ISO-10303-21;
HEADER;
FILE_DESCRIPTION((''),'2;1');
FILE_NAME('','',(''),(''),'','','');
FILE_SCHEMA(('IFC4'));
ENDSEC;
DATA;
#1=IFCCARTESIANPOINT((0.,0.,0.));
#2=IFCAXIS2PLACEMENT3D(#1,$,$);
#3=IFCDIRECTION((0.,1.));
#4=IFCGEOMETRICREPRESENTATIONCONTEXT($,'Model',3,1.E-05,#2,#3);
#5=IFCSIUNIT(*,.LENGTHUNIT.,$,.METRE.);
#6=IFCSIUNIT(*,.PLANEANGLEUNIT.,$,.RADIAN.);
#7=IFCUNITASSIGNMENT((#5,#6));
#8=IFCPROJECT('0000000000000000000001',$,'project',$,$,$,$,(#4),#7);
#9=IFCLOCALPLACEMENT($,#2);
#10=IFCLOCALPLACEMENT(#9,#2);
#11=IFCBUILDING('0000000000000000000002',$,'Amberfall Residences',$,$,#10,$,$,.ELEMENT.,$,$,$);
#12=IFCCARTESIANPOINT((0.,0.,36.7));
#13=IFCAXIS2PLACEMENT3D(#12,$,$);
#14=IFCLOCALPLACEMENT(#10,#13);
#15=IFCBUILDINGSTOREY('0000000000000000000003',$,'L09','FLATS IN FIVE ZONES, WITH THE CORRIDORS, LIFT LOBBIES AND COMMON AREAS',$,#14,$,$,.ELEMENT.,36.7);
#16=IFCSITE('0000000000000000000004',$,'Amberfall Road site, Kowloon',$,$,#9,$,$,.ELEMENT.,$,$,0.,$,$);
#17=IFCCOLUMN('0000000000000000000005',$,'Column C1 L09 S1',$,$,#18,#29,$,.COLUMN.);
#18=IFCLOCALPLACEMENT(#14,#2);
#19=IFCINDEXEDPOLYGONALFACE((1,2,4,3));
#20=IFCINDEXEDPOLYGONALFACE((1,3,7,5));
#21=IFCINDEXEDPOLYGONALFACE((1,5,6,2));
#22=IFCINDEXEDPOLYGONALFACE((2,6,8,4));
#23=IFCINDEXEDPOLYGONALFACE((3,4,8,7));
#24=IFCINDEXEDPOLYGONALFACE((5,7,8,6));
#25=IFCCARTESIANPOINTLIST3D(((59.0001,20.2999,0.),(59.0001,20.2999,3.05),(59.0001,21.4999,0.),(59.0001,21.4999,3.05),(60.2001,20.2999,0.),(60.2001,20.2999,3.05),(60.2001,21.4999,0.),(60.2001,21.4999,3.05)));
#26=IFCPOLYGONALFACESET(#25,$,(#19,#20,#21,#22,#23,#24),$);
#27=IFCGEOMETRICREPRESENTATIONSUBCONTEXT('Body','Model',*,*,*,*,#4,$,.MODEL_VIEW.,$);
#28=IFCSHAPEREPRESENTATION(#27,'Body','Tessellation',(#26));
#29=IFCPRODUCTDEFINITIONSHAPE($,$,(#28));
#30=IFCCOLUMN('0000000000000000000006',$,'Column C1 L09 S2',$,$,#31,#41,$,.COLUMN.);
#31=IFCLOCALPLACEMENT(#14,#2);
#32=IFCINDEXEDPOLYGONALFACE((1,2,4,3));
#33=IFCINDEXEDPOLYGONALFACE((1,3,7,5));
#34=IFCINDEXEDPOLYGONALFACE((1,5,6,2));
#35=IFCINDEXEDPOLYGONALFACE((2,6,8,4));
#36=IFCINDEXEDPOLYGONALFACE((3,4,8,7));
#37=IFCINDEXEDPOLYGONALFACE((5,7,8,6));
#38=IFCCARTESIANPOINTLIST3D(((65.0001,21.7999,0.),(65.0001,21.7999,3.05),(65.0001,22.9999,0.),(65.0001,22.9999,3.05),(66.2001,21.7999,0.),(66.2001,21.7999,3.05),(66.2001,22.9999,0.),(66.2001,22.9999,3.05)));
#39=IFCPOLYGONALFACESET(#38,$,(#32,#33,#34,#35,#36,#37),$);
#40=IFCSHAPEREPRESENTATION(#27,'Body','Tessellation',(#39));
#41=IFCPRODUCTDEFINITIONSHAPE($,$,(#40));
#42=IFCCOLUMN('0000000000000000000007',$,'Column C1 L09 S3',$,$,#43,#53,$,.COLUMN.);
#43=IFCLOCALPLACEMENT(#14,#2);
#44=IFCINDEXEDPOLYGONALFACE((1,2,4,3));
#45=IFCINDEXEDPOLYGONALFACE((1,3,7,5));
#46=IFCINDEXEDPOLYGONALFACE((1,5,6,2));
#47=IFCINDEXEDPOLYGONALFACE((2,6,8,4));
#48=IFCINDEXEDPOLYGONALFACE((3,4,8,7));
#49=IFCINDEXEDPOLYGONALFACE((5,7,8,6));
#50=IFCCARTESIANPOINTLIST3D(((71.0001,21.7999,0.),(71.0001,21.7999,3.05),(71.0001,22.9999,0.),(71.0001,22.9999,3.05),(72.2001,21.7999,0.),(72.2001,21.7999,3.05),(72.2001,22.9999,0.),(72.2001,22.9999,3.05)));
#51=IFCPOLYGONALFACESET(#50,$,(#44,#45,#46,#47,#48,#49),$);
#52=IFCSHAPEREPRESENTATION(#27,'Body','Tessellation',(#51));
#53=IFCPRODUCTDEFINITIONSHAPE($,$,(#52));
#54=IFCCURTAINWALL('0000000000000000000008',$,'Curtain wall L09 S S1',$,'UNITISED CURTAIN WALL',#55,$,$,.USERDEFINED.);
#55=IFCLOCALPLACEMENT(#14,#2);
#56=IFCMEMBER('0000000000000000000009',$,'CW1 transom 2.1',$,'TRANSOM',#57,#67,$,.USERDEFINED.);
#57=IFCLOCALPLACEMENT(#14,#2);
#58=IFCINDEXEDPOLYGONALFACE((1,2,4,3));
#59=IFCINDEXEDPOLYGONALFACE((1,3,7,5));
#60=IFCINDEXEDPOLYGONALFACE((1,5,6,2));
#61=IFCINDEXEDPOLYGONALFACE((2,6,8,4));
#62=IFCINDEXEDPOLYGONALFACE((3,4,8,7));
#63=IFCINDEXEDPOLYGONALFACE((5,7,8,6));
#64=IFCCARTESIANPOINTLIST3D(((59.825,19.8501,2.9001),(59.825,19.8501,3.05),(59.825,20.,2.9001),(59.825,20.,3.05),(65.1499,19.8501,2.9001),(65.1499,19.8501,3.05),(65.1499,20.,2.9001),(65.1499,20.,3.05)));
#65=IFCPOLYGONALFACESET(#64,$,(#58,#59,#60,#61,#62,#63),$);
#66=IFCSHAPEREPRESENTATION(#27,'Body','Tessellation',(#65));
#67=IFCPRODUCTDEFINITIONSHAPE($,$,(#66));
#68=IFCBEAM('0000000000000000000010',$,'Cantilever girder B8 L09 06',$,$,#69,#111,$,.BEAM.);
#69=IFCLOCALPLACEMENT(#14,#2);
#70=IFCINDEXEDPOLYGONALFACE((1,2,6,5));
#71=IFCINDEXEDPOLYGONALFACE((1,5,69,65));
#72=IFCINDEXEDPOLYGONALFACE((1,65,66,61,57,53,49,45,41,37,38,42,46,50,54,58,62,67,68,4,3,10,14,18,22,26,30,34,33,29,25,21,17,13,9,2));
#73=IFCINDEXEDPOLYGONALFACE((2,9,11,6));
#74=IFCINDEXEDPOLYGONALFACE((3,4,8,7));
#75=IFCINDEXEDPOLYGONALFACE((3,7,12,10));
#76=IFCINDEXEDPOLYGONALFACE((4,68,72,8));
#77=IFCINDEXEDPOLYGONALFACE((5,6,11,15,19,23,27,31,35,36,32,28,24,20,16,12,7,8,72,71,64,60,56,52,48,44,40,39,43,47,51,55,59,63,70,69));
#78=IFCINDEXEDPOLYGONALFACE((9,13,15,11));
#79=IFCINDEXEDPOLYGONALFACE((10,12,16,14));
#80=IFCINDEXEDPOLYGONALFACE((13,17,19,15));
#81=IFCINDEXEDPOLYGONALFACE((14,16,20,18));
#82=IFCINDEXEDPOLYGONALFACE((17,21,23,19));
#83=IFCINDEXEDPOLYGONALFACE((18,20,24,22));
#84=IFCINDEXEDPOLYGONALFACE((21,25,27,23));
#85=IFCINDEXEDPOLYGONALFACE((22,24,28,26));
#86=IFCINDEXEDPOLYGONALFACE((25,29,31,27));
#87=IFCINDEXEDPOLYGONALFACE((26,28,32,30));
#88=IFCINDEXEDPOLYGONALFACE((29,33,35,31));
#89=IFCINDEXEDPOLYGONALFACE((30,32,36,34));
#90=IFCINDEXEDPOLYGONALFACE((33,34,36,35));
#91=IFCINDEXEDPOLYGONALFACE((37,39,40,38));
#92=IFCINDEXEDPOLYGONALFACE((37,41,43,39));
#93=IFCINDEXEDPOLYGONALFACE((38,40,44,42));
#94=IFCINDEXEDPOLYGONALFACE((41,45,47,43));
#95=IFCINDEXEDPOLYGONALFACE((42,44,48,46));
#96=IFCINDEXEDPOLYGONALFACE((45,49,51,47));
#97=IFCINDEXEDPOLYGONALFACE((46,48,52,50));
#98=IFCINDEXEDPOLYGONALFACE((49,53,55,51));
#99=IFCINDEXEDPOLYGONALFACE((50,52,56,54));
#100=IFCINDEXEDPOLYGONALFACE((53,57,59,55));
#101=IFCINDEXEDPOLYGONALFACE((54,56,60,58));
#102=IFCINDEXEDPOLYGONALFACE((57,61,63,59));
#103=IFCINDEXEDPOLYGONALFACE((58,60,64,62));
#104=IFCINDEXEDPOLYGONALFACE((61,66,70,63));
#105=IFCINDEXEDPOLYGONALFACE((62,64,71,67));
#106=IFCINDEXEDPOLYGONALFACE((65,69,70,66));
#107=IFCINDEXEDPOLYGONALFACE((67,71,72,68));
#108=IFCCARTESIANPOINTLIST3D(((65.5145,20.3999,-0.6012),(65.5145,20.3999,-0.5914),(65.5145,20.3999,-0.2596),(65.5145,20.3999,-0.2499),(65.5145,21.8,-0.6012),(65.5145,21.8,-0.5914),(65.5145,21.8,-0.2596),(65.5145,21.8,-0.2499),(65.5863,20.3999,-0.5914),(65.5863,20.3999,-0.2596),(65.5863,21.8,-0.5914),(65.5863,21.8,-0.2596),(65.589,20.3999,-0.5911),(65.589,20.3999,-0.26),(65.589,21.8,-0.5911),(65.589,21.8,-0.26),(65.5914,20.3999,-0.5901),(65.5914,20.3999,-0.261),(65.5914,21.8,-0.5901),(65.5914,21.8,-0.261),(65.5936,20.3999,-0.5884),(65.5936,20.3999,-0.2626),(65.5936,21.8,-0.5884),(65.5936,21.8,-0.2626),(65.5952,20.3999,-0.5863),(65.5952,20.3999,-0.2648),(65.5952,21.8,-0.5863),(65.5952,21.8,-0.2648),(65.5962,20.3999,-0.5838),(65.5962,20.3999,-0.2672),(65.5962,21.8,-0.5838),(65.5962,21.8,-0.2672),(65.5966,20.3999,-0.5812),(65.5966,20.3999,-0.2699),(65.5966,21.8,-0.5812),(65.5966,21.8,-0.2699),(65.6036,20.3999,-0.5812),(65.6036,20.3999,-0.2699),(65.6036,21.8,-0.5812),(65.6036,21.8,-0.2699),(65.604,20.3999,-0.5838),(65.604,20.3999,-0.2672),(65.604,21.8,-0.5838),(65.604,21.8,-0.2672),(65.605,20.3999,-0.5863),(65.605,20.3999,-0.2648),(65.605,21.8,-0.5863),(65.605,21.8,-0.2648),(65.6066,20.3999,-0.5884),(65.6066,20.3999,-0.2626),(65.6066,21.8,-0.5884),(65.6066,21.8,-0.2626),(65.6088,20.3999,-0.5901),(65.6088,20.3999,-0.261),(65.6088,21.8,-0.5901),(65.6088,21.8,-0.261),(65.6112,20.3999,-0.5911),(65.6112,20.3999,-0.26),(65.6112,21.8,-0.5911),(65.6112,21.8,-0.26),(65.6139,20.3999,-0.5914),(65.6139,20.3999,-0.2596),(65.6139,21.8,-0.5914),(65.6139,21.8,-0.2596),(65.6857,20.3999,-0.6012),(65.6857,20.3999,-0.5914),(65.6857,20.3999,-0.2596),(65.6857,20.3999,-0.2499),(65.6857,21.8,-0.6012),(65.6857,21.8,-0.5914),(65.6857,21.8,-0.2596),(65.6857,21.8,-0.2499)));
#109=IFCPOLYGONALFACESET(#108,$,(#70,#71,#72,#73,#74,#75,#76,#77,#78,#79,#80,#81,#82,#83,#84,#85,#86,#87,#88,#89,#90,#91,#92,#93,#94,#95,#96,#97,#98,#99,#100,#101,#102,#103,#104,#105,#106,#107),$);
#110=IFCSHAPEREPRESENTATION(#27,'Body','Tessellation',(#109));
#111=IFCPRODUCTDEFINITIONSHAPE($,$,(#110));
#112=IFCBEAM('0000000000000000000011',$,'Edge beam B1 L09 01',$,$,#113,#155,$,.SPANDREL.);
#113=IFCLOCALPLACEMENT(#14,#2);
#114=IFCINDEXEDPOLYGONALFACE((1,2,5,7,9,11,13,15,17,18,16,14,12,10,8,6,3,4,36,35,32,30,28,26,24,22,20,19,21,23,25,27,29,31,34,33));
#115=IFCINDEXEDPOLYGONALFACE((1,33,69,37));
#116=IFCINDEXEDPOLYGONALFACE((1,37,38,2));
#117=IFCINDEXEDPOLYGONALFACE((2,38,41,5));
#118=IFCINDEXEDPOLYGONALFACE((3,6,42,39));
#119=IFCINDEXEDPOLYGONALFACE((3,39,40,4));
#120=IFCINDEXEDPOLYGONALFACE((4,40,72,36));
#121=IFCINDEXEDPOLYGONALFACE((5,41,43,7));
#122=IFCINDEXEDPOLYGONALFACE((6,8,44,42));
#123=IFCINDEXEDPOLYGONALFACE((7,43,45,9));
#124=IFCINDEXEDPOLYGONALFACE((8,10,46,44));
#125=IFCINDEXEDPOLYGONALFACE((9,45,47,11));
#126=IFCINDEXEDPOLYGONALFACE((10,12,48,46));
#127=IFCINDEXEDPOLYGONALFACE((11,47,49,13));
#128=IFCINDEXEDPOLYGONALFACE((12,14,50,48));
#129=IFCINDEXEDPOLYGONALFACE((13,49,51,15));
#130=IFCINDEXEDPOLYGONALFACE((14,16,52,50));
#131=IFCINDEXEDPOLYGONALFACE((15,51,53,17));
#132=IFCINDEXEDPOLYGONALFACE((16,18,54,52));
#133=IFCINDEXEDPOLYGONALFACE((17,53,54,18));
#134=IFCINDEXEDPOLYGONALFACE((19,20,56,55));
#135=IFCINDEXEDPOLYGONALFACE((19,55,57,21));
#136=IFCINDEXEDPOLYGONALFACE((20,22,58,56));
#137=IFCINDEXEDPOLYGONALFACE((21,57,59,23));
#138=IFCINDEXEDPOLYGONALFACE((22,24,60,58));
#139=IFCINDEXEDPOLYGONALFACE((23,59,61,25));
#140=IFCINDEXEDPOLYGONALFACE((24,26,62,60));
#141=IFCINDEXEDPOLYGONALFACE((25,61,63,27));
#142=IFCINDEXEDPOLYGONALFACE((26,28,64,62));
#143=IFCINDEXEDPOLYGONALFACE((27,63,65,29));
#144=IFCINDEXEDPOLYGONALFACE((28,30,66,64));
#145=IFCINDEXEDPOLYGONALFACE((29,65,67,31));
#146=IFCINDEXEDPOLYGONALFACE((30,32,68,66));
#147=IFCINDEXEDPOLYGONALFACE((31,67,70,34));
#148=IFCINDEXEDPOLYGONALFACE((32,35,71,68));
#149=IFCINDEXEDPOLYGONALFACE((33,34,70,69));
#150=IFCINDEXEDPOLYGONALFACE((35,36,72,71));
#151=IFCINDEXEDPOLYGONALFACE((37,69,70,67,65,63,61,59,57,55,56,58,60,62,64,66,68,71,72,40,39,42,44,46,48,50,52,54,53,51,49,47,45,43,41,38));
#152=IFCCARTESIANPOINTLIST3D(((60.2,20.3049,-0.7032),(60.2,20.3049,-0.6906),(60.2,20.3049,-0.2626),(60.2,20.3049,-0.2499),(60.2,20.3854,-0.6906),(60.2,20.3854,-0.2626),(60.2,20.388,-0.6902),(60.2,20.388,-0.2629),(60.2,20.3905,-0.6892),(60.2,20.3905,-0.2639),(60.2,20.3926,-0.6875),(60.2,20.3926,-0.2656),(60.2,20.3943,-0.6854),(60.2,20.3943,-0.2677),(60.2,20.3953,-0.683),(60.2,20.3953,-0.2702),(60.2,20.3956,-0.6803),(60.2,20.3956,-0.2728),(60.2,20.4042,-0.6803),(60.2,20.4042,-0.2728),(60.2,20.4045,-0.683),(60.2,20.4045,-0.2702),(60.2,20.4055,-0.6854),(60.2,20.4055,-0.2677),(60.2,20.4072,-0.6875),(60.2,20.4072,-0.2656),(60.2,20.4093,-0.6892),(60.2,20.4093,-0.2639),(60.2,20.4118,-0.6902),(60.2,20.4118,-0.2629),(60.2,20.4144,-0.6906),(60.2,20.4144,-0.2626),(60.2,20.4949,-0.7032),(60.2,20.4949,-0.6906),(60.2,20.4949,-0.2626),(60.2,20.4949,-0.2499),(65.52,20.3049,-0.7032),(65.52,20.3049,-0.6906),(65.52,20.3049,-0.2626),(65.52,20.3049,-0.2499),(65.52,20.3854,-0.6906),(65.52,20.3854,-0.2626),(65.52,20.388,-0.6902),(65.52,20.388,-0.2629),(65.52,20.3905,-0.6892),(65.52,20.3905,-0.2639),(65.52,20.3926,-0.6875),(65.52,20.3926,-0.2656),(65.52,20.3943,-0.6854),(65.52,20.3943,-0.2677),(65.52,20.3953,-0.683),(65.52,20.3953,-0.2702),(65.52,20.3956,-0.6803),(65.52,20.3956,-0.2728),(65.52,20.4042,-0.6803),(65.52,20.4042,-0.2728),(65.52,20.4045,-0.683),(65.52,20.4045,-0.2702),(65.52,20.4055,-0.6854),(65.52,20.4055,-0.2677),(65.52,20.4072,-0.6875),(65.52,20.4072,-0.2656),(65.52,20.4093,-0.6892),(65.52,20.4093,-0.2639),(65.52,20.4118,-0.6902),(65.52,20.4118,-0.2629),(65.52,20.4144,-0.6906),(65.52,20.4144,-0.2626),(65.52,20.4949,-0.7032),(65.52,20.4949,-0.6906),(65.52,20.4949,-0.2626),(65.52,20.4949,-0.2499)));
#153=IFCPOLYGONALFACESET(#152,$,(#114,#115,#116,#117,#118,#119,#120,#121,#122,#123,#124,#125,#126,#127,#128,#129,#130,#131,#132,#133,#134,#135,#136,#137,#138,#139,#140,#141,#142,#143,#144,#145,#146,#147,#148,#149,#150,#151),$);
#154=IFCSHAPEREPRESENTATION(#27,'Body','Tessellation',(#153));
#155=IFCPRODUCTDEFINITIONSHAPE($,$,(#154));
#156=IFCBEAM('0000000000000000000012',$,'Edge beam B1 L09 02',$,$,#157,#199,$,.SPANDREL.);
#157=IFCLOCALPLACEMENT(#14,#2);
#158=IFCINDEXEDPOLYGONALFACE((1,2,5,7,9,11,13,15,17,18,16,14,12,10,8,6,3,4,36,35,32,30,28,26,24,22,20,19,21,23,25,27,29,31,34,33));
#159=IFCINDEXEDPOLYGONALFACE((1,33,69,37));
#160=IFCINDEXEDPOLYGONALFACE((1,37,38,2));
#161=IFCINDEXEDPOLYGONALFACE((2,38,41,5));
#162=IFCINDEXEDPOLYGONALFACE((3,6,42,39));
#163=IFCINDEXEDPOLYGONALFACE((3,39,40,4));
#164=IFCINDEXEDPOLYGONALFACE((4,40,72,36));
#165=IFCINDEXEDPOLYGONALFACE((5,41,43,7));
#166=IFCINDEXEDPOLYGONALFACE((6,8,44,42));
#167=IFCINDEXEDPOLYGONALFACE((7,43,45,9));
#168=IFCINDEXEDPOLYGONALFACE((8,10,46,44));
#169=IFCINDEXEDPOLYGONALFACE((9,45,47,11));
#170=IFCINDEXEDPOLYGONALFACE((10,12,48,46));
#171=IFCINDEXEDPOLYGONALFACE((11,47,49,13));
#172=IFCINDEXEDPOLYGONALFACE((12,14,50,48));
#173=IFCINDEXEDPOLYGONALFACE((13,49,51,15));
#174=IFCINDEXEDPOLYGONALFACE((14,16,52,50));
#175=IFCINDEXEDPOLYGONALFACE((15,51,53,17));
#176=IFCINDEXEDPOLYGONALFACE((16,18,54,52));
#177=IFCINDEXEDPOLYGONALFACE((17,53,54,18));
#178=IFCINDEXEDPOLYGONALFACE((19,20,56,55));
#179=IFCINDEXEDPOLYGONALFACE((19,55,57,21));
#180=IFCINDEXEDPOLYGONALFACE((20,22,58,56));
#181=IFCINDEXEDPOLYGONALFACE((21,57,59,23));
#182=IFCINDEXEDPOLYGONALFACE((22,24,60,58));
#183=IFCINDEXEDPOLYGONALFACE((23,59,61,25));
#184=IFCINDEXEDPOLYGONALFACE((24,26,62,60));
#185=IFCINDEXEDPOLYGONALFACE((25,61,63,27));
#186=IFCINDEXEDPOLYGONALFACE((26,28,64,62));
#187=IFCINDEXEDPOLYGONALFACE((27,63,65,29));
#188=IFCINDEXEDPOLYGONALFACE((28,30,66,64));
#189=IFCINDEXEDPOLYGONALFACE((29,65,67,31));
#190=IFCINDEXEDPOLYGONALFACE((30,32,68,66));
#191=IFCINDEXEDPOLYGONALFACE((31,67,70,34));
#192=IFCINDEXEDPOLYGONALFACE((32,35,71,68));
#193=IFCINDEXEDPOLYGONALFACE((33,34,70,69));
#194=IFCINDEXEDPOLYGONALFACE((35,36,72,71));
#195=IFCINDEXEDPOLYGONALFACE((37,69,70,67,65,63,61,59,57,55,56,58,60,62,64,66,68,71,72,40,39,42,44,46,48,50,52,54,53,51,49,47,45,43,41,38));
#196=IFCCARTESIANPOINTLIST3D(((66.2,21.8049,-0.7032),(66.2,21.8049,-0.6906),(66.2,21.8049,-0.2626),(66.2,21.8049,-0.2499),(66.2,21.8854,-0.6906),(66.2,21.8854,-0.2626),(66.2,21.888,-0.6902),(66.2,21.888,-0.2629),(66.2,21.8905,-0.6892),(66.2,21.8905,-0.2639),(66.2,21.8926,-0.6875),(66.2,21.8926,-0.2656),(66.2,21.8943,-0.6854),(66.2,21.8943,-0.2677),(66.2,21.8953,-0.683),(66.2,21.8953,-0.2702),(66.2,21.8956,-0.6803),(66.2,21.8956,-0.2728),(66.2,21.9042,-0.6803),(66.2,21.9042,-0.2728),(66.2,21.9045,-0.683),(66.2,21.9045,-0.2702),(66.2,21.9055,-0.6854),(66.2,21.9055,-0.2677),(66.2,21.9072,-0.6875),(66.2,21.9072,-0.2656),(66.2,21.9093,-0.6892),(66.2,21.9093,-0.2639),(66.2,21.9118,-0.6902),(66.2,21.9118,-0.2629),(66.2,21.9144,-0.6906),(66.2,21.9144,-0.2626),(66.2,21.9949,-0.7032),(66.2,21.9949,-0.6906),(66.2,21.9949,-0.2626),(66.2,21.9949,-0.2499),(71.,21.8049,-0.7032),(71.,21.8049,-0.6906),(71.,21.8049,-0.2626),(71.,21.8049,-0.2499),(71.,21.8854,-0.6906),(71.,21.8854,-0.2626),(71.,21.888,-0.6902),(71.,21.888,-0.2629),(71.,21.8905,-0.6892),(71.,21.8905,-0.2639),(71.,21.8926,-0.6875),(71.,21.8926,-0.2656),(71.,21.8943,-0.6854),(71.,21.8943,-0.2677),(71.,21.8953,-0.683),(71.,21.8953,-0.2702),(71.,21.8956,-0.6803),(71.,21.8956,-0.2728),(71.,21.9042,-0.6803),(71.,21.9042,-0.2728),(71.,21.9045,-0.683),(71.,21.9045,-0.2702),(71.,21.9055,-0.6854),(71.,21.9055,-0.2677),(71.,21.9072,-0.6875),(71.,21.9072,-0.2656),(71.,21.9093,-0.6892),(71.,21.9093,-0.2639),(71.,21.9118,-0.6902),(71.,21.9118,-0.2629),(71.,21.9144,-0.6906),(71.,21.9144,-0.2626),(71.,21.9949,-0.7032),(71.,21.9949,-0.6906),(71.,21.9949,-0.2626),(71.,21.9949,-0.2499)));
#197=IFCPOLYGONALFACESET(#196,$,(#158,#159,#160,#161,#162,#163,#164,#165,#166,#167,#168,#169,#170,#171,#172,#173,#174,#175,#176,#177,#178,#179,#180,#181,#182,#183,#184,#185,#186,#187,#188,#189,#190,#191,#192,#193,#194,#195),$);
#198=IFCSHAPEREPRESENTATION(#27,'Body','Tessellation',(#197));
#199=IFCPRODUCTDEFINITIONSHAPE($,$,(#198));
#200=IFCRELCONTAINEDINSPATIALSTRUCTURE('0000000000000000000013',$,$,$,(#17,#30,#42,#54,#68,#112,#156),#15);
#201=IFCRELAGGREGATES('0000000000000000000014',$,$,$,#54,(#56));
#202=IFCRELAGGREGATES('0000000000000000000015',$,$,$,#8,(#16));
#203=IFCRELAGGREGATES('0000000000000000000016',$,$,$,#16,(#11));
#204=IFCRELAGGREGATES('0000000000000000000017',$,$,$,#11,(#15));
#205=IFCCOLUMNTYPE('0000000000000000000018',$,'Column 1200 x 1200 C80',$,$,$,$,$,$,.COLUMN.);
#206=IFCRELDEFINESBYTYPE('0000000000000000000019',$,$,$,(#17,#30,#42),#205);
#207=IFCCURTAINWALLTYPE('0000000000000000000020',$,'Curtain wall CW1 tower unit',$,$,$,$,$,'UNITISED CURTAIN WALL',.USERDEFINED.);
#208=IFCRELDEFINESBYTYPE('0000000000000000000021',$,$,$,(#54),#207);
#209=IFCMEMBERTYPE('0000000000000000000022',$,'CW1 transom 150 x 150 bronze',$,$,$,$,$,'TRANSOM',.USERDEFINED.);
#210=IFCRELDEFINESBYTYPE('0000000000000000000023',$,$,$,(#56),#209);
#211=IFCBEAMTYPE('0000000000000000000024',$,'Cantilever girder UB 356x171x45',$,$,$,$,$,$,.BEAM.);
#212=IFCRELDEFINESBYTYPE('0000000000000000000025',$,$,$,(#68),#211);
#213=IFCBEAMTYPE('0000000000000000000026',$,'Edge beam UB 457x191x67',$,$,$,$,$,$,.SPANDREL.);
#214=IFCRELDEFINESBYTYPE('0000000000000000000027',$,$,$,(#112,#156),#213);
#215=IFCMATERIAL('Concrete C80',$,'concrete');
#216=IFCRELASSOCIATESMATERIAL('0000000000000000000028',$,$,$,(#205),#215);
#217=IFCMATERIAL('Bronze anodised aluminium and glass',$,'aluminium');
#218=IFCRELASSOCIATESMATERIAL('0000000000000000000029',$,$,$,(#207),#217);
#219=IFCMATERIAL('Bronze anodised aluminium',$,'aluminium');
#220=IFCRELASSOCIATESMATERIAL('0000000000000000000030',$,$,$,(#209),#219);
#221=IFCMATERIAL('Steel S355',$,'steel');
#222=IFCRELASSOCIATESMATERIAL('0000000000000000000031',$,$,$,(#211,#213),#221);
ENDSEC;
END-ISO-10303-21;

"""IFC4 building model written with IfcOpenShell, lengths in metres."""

from ifc_helpers import new_model, si_unit, direction, frame, origin, origin_2d, place, context, subcontext, project, spatial, rectangle, i_section, extrude, material, material_profile, profile_set, type_object, element, aggregate, save


model = new_model("IFC4")

# Units and contexts
model_context = context("Model", 3, precision=1e-05, world=origin(), true_north=direction((0.0, 1.0)))
body_context = subcontext(model_context, "Body", "Model", "MODEL_VIEW")
ifc_project = project(units=[si_unit("LENGTHUNIT", "METRE"), si_unit("PLANEANGLEUNIT", "RADIAN")], contexts=[model_context])

# Site, building, storey
site_placement = place(None, origin())
site = spatial("IfcSite", under=ifc_project, at=site_placement, Name="Amberfall Road site, Kowloon", CompositionType="ELEMENT", RefElevation=0.0)
building_placement = place(site_placement, origin())
building = spatial("IfcBuilding", under=site, at=building_placement, Name="Amberfall Residences", CompositionType="ELEMENT")
storey_placement = place(building_placement, frame((0.0, 0.0, 36.7)))
storey = spatial("IfcBuildingStorey", under=building, at=storey_placement, Name="L09", Description="FLATS IN FIVE ZONES, WITH THE CORRIDORS, LIFT LOBBIES AND COMMON AREAS", CompositionType="ELEMENT", Elevation=36.7)

# Columns
ifc_material_1 = material(Name="Concrete C80", Category="concrete")
ifc_material_profile_1 = material_profile(ifc_material_1, rectangle(XDim=1.2, YDim=1.2, at=origin_2d()), Name="Column 1200 x 1200 C80")
ifc_profile_set_1 = profile_set([ifc_material_profile_1], Name="Concrete C80")
column_type = type_object("IfcColumnType", Name="Column 1200 x 1200 C80", PredefinedType="COLUMN", material=ifc_profile_set_1)
for number, where, z_axis, x_axis, name in (
    (1, (59.6001, 20.8999, 0.0), (0.0, 0.0, 1.0), (1.0, 0.0, 0.0), "Column C1 L09 S1"),
    (2, (65.6001, 22.3999, 0.0), (0.0, 0.0, 1.0), (1.0, 0.0, 0.0), "Column C1 L09 S2"),
    (3, (71.6001, 22.3999, 0.0), (0.0, 0.0, 1.0), (1.0, 0.0, 0.0), "Column C1 L09 S3"),
):
    element("IfcColumn", number, at=place(storey_placement, frame(where, z_axis=z_axis, x_axis=x_axis)), inside=storey, type_object=column_type, Name=name, PredefinedType="COLUMN", context=body_context, shape_type="SweptSolid", body=[
        extrude(rectangle(XDim=1.2, YDim=1.2, at=origin_2d()), origin(), (0.0, 0.0, 1.0), 3.05),
    ])

# Curtain wall, member
ifc_material_2 = material(Name="Bronze anodised aluminium and glass", Category="aluminium")
curtain_wall_type = type_object("IfcCurtainWallType", Name="Curtain wall CW1 tower unit", ElementType="UNITISED CURTAIN WALL", PredefinedType="USERDEFINED", material=ifc_material_2)
curtain_wall_placement = place(storey_placement, origin())
curtain_wall = element("IfcCurtainWall", 4, at=curtain_wall_placement, inside=storey, type_object=curtain_wall_type, Name="Curtain wall L09 S S1", ObjectType="UNITISED CURTAIN WALL", PredefinedType="USERDEFINED")
ifc_material_3 = material(Name="Bronze anodised aluminium", Category="aluminium")
ifc_material_profile_2 = material_profile(ifc_material_3, rectangle(XDim=0.1499, YDim=0.1499, at=origin_2d()), Name="CW1 transom 150 x 150 bronze")
ifc_profile_set_2 = profile_set([ifc_material_profile_2], Name="Bronze anodised aluminium")
member_type_1 = type_object("IfcMemberType", Name="CW1 transom 150 x 150 bronze", ElementType="TRANSOM", PredefinedType="USERDEFINED", material=ifc_profile_set_2)
member_1_placement = place(storey_placement, frame((59.825, 19.925, 2.9751), z_axis=(1.0, 0.0, 0.0), x_axis=(0.0, 1.0, 0.0)))
member_1 = element("IfcMember", 5, at=member_1_placement, type_object=member_type_1, Name="CW1 transom 2.1", ObjectType="TRANSOM", PredefinedType="USERDEFINED", context=body_context, shape_type="SweptSolid", body=[
    extrude(rectangle(XDim=0.1499, YDim=0.1499, at=origin_2d()), origin(), (0.0, 0.0, 1.0), 5.325),
])

# Beams
ifc_material_4 = material(Name="Steel S355", Category="steel")
ifc_material_profile_3 = material_profile(ifc_material_4, i_section(OverallWidth=0.1711, OverallDepth=0.3513, WebThickness=0.0071, FlangeThickness=0.0098, FilletRadius=0.0103, at=origin_2d()), Name="UB 356x171x45")
ifc_profile_set_3 = profile_set([ifc_material_profile_3], Name="Steel S355")
beam_type_1 = type_object("IfcBeamType", Name="Cantilever girder UB 356x171x45", PredefinedType="BEAM", material=ifc_profile_set_3)
beam_1_placement = place(storey_placement, frame((65.6001, 21.8, -0.4255), z_axis=(0.0, -1.0, 0.0), x_axis=(1.0, 0.0, 0.0)))
element("IfcBeam", 6, at=beam_1_placement, inside=storey, type_object=beam_type_1, Name="Cantilever girder B8 L09 06", PredefinedType="BEAM", context=body_context, shape_type="SweptSolid", body=[
    extrude(i_section(OverallWidth=0.1711, OverallDepth=0.3513, WebThickness=0.0071, FlangeThickness=0.0098, FilletRadius=0.0103, at=origin_2d()), origin(), (0.0, 0.0, 1.0), 1.4001),
])
ifc_material_profile_4 = material_profile(ifc_material_4, i_section(OverallWidth=0.1899, OverallDepth=0.4534, WebThickness=0.0085, FlangeThickness=0.0127, FilletRadius=0.0103, at=origin_2d()), Name="UB 457x191x67")
ifc_profile_set_4 = profile_set([ifc_material_profile_4], Name="Steel S355")
beam_type_2 = type_object("IfcBeamType", Name="Edge beam UB 457x191x67", PredefinedType="SPANDREL", material=ifc_profile_set_4)
beam_2_placement = place(storey_placement, frame((60.2, 20.3999, -0.4766), z_axis=(1.0, 0.0, 0.0), x_axis=(0.0, 1.0, 0.0)))
element("IfcBeam", 7, at=beam_2_placement, inside=storey, type_object=beam_type_2, Name="Edge beam B1 L09 01", PredefinedType="SPANDREL", context=body_context, shape_type="SweptSolid", body=[
    extrude(i_section(OverallWidth=0.1899, OverallDepth=0.4534, WebThickness=0.0085, FlangeThickness=0.0127, FilletRadius=0.0103, at=origin_2d()), origin(), (0.0, 0.0, 1.0), 5.3201),
])
beam_3_placement = place(storey_placement, frame((66.2, 21.8999, -0.4766), z_axis=(1.0, 0.0, 0.0), x_axis=(0.0, 1.0, 0.0)))
element("IfcBeam", 8, at=beam_3_placement, inside=storey, type_object=beam_type_2, Name="Edge beam B1 L09 02", PredefinedType="SPANDREL", context=body_context, shape_type="SweptSolid", body=[
    extrude(i_section(OverallWidth=0.1899, OverallDepth=0.4534, WebThickness=0.0085, FlangeThickness=0.0127, FilletRadius=0.0103, at=origin_2d()), origin(), (0.0, 0.0, 1.0), 4.8),
])

aggregate(curtain_wall, [member_1])

save(model, "model.ifc")
